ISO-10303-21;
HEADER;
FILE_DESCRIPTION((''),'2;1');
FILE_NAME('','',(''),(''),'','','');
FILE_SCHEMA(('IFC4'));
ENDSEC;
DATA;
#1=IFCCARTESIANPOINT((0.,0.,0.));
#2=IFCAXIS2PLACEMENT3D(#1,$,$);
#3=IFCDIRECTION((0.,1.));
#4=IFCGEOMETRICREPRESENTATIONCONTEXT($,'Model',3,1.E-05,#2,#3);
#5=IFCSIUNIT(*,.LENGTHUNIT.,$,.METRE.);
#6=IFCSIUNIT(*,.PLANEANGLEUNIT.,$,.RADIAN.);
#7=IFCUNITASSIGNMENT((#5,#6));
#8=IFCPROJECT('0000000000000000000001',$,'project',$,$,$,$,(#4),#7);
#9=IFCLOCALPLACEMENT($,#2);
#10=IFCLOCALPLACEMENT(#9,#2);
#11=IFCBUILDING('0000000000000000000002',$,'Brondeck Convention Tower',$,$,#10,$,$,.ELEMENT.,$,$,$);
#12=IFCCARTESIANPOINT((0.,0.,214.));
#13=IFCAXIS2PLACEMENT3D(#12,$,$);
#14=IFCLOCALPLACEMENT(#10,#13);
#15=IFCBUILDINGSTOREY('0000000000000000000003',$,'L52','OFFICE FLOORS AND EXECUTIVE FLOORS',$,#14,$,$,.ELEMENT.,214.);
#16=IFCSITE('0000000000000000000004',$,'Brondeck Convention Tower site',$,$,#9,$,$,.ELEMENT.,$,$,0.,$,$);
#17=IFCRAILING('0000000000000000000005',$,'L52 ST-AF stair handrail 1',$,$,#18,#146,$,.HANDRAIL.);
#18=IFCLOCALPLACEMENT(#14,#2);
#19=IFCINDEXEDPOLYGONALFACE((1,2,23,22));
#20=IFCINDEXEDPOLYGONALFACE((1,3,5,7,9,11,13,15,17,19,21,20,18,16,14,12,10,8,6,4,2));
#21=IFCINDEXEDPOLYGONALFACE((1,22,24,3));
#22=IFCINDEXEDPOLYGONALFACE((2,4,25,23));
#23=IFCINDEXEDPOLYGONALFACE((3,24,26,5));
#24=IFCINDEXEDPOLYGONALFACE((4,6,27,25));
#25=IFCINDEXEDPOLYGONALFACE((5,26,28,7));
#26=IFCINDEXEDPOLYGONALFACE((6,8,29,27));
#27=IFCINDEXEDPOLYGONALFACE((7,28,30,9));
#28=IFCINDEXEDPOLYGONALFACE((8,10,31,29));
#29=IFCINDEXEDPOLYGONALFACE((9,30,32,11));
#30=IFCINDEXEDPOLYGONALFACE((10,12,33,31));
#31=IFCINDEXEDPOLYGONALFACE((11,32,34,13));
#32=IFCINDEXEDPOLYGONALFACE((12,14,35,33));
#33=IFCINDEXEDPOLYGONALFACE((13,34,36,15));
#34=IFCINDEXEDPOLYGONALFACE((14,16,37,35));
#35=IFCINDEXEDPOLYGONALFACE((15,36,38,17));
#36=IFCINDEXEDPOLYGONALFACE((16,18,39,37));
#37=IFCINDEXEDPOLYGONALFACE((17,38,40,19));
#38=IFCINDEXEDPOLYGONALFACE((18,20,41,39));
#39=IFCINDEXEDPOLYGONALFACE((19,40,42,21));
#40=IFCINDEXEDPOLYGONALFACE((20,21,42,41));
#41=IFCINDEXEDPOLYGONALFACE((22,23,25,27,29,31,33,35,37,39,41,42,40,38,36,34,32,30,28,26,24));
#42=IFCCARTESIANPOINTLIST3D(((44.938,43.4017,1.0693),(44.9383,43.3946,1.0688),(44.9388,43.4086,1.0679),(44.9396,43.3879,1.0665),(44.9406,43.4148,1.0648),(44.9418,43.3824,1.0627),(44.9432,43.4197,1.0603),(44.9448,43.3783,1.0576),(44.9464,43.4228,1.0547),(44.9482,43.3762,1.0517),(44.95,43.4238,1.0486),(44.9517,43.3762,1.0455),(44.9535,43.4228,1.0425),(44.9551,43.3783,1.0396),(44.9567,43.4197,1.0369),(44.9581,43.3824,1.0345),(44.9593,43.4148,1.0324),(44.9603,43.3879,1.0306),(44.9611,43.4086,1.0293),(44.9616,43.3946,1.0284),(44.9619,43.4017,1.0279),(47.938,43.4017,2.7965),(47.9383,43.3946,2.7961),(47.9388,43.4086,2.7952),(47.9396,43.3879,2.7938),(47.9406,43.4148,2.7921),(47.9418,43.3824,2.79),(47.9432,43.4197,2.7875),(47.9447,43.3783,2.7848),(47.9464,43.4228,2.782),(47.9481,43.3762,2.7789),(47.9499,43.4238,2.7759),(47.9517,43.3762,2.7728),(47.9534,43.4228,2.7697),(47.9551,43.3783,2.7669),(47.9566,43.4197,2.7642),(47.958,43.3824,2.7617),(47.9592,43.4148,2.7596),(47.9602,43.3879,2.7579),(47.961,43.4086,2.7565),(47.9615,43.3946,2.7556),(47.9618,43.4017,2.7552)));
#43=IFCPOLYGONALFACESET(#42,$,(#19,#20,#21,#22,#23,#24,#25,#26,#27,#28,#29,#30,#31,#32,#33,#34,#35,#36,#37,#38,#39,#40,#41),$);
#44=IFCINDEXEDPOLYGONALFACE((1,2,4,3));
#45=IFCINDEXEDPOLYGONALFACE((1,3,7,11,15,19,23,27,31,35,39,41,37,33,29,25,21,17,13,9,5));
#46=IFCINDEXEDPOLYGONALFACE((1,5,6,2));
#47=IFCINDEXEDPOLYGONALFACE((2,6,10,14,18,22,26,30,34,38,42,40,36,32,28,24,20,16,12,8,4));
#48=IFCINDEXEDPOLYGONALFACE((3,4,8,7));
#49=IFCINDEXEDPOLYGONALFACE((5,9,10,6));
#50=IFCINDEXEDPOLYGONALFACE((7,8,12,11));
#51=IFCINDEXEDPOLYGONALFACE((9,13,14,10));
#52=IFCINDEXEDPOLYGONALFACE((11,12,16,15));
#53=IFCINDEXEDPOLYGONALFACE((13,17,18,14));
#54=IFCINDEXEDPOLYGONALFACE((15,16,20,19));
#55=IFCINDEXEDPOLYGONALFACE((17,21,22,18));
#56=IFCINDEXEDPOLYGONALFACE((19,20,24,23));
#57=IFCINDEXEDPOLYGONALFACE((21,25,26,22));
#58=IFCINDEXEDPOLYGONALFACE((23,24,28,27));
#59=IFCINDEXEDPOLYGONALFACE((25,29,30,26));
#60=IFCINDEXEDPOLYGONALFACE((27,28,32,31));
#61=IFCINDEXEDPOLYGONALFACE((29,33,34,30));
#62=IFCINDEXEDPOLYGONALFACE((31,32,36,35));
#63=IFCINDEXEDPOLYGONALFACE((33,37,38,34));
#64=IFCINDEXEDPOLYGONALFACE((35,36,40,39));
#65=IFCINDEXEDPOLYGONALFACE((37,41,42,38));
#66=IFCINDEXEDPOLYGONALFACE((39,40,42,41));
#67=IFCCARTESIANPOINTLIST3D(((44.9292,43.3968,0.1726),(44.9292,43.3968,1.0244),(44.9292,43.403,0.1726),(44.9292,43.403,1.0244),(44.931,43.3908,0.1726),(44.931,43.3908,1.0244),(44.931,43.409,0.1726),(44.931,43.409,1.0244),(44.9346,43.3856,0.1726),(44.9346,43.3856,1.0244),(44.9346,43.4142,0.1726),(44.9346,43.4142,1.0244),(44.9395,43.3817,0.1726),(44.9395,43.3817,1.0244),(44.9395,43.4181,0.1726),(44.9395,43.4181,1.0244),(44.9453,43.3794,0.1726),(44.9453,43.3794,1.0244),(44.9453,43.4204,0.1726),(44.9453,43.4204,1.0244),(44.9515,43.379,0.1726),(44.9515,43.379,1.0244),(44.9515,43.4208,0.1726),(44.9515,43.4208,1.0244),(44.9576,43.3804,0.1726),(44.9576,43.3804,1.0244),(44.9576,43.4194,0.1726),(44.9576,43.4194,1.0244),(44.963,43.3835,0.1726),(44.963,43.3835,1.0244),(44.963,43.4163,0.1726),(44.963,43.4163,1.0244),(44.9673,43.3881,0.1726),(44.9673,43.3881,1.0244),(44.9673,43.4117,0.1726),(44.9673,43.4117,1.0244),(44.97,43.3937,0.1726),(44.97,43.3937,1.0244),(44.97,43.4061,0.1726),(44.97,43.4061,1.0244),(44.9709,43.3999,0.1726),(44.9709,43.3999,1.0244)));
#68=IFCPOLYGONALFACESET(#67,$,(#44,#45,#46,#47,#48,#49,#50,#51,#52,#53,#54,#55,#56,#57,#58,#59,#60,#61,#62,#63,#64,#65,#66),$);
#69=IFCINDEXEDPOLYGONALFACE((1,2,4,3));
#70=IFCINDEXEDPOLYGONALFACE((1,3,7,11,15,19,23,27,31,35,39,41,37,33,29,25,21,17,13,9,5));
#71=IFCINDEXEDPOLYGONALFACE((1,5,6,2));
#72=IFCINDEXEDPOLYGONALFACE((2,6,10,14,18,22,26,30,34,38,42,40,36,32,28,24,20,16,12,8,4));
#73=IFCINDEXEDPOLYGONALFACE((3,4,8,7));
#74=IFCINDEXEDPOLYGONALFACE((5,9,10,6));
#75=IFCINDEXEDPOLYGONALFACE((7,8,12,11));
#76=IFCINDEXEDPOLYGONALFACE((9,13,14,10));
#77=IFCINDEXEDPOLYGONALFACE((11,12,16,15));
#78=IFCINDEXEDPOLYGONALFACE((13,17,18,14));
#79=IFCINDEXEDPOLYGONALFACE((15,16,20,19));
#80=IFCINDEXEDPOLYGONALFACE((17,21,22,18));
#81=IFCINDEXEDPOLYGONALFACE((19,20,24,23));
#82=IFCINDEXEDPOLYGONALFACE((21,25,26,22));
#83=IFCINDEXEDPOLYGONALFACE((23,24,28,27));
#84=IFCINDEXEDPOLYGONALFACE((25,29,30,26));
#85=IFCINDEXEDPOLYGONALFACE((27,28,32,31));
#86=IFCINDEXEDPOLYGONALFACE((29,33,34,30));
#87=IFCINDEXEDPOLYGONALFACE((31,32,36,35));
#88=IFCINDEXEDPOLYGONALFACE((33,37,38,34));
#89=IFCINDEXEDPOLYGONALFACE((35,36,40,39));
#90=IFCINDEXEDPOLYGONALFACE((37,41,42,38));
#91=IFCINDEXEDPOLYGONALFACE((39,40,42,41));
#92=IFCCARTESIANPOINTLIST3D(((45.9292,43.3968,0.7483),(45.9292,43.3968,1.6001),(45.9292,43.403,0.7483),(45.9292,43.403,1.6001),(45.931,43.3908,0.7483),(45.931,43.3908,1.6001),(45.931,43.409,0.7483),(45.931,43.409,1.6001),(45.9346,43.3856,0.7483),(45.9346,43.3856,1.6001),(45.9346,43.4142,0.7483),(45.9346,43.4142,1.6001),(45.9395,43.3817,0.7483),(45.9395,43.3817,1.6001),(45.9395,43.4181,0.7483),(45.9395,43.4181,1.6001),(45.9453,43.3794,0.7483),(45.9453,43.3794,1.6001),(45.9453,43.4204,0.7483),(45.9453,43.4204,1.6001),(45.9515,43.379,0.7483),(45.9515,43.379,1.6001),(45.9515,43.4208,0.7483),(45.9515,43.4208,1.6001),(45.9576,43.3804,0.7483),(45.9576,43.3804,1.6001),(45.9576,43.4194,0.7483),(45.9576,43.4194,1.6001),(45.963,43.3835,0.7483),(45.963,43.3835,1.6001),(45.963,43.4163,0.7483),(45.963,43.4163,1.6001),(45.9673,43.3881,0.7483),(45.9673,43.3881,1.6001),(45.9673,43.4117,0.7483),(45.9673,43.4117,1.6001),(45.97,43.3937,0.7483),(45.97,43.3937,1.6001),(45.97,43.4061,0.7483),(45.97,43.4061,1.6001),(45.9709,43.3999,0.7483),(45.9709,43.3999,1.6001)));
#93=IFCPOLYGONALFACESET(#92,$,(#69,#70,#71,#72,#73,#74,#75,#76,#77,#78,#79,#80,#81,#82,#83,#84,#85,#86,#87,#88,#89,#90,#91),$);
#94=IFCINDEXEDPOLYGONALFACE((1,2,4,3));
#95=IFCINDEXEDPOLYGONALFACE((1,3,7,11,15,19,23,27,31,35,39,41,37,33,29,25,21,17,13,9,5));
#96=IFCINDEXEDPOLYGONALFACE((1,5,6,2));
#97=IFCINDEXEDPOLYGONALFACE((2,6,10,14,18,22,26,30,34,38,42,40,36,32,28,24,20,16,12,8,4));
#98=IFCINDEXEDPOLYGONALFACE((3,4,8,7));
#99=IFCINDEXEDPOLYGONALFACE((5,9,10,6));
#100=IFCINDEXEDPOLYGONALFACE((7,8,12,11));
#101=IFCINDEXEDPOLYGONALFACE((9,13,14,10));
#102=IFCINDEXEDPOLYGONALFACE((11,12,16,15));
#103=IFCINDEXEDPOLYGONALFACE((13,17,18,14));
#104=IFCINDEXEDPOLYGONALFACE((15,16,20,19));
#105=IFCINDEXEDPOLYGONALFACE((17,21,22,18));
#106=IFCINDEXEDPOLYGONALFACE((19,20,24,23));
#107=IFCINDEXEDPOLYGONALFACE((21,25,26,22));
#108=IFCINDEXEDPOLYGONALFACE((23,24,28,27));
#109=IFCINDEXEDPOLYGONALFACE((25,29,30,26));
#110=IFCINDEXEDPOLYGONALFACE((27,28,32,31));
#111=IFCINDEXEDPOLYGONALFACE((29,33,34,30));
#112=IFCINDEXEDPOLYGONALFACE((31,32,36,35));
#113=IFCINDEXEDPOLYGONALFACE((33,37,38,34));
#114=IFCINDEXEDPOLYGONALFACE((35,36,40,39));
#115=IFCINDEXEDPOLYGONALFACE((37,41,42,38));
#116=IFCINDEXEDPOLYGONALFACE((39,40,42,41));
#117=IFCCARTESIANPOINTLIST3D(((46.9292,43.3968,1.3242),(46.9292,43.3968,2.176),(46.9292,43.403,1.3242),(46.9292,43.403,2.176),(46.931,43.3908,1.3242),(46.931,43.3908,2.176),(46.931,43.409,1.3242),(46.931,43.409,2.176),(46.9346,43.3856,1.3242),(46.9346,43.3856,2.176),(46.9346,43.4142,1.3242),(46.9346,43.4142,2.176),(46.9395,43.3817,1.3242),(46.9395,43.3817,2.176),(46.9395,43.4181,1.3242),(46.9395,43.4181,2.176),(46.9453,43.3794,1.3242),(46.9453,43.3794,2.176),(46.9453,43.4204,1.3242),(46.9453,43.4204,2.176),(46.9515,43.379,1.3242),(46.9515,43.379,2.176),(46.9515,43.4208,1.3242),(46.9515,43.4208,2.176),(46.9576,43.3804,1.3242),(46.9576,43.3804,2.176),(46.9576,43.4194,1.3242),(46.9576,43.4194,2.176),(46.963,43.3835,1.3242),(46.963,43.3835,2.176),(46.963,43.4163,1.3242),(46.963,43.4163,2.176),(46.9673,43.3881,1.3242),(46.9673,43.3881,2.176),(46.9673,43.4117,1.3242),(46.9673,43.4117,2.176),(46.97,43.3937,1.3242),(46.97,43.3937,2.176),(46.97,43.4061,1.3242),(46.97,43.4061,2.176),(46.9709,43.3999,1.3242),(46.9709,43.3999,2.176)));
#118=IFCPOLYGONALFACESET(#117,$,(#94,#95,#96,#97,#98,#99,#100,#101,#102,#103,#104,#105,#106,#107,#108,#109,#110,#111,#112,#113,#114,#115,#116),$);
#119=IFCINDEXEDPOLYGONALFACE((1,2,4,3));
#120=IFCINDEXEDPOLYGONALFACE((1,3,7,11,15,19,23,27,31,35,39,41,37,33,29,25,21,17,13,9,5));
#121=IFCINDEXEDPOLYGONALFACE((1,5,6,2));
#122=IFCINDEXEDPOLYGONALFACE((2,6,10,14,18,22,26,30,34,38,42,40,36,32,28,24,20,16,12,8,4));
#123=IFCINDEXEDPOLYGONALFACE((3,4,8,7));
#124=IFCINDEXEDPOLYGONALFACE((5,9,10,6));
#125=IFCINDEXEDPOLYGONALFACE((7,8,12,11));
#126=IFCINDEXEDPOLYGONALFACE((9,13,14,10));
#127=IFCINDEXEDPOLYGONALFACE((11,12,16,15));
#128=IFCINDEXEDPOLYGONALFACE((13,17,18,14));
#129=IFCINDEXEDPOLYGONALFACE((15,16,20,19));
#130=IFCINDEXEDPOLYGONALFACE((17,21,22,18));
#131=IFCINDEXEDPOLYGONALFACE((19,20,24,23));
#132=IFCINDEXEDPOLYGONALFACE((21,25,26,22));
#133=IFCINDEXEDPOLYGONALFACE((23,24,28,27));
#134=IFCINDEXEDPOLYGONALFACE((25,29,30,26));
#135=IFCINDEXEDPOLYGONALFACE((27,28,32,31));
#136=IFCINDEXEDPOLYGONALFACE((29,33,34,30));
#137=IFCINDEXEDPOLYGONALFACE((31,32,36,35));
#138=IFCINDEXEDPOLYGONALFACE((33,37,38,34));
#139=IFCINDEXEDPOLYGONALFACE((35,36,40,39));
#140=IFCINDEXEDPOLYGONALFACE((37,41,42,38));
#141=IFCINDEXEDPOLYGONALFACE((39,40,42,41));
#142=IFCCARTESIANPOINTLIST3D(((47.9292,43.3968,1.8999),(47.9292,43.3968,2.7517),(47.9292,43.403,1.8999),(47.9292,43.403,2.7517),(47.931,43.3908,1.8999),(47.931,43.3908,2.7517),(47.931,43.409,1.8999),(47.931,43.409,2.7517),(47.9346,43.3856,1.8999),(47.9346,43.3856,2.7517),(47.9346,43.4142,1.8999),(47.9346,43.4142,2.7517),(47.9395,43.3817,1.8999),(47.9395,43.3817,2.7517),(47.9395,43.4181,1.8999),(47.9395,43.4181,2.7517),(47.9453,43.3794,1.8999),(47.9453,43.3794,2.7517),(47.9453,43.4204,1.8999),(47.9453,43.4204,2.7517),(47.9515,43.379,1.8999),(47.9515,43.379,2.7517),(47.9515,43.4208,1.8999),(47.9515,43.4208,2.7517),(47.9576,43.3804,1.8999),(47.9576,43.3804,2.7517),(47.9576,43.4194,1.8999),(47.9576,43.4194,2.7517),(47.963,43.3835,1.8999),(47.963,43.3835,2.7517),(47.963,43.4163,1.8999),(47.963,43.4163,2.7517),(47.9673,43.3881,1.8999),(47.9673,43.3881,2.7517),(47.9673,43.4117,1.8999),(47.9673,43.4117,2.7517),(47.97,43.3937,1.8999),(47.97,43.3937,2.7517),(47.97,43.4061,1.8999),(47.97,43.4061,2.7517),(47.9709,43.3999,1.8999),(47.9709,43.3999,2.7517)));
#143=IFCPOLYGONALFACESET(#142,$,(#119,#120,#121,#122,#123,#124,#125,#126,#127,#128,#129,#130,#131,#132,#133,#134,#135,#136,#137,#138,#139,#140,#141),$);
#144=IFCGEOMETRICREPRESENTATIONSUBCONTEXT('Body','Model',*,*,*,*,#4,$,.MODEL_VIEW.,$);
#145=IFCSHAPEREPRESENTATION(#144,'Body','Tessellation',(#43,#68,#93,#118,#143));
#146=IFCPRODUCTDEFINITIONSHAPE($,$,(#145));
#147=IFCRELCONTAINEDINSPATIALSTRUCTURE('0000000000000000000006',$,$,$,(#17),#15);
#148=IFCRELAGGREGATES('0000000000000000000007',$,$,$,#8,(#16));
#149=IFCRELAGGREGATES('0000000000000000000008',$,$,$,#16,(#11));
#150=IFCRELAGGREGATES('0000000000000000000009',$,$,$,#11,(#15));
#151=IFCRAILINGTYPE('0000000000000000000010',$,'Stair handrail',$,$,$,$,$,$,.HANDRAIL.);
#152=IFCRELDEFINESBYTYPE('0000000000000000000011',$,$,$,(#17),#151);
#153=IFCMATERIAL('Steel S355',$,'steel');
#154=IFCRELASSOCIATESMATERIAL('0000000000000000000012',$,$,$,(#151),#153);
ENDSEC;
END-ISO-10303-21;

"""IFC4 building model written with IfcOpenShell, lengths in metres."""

from ifc_helpers import new_model, si_unit, direction, frame, origin, origin_2d, place, context, subcontext, project, spatial, circle, extrude, material, type_object, element, save


model = new_model("IFC4")

# Units and contexts
model_context = context("Model", 3, precision=1e-05, world=origin(), true_north=direction((0.0, 1.0)))
body_context = subcontext(model_context, "Body", "Model", "MODEL_VIEW")
ifc_project = project(units=[si_unit("LENGTHUNIT", "METRE"), si_unit("PLANEANGLEUNIT", "RADIAN")], contexts=[model_context])

# Site, building, storey
site_placement = place(None, origin())
site = spatial("IfcSite", under=ifc_project, at=site_placement, Name="Brondeck Convention Tower site", CompositionType="ELEMENT", RefElevation=0.0)
building_placement = place(site_placement, origin())
building = spatial("IfcBuilding", under=site, at=building_placement, Name="Brondeck Convention Tower", CompositionType="ELEMENT")
storey_placement = place(building_placement, frame((0.0, 0.0, 214.0)))
storey = spatial("IfcBuildingStorey", under=building, at=storey_placement, Name="L52", Description="OFFICE FLOORS AND EXECUTIVE FLOORS", CompositionType="ELEMENT", Elevation=214.0)

# Shared definitions
ifc_material_1 = material(Name="Steel S355", Category="steel")

# Railing
railing_type_1 = type_object("IfcRailingType", Name="Stair handrail", PredefinedType="HANDRAIL", material=ifc_material_1)
railing_1_placement = place(storey_placement, frame((44.95, 43.3999, 0.1726)))
element("IfcRailing", 1, at=railing_1_placement, inside=storey, type_object=railing_type_1, Name="L52 ST-AF stair handrail 1", PredefinedType="HANDRAIL", context=body_context, shape_type="SweptSolid", body=[
    extrude(circle(Radius=0.0239, at=origin_2d()), frame((0.0, 0.0, 0.876), z_axis=(0.86662, 0.0, 0.498969), x_axis=(0.0, 1.0, 0.0)), (0.0, 0.0, 1.0), 3.4617),
    extrude(circle(Radius=0.021, at=origin_2d()), origin(), (0.0, 0.0, 1.0), 0.8518),
    extrude(circle(Radius=0.021, at=origin_2d()), frame((1.0, 0.0, 0.5757)), (0.0, 0.0, 1.0), 0.8518),
    extrude(circle(Radius=0.021, at=origin_2d()), frame((2.0, 0.0, 1.1516)), (0.0, 0.0, 1.0), 0.8518),
    extrude(circle(Radius=0.021, at=origin_2d()), frame((3.0, 0.0, 1.7273)), (0.0, 0.0, 1.0), 0.8518),
])

save(model, "model.ifc")
